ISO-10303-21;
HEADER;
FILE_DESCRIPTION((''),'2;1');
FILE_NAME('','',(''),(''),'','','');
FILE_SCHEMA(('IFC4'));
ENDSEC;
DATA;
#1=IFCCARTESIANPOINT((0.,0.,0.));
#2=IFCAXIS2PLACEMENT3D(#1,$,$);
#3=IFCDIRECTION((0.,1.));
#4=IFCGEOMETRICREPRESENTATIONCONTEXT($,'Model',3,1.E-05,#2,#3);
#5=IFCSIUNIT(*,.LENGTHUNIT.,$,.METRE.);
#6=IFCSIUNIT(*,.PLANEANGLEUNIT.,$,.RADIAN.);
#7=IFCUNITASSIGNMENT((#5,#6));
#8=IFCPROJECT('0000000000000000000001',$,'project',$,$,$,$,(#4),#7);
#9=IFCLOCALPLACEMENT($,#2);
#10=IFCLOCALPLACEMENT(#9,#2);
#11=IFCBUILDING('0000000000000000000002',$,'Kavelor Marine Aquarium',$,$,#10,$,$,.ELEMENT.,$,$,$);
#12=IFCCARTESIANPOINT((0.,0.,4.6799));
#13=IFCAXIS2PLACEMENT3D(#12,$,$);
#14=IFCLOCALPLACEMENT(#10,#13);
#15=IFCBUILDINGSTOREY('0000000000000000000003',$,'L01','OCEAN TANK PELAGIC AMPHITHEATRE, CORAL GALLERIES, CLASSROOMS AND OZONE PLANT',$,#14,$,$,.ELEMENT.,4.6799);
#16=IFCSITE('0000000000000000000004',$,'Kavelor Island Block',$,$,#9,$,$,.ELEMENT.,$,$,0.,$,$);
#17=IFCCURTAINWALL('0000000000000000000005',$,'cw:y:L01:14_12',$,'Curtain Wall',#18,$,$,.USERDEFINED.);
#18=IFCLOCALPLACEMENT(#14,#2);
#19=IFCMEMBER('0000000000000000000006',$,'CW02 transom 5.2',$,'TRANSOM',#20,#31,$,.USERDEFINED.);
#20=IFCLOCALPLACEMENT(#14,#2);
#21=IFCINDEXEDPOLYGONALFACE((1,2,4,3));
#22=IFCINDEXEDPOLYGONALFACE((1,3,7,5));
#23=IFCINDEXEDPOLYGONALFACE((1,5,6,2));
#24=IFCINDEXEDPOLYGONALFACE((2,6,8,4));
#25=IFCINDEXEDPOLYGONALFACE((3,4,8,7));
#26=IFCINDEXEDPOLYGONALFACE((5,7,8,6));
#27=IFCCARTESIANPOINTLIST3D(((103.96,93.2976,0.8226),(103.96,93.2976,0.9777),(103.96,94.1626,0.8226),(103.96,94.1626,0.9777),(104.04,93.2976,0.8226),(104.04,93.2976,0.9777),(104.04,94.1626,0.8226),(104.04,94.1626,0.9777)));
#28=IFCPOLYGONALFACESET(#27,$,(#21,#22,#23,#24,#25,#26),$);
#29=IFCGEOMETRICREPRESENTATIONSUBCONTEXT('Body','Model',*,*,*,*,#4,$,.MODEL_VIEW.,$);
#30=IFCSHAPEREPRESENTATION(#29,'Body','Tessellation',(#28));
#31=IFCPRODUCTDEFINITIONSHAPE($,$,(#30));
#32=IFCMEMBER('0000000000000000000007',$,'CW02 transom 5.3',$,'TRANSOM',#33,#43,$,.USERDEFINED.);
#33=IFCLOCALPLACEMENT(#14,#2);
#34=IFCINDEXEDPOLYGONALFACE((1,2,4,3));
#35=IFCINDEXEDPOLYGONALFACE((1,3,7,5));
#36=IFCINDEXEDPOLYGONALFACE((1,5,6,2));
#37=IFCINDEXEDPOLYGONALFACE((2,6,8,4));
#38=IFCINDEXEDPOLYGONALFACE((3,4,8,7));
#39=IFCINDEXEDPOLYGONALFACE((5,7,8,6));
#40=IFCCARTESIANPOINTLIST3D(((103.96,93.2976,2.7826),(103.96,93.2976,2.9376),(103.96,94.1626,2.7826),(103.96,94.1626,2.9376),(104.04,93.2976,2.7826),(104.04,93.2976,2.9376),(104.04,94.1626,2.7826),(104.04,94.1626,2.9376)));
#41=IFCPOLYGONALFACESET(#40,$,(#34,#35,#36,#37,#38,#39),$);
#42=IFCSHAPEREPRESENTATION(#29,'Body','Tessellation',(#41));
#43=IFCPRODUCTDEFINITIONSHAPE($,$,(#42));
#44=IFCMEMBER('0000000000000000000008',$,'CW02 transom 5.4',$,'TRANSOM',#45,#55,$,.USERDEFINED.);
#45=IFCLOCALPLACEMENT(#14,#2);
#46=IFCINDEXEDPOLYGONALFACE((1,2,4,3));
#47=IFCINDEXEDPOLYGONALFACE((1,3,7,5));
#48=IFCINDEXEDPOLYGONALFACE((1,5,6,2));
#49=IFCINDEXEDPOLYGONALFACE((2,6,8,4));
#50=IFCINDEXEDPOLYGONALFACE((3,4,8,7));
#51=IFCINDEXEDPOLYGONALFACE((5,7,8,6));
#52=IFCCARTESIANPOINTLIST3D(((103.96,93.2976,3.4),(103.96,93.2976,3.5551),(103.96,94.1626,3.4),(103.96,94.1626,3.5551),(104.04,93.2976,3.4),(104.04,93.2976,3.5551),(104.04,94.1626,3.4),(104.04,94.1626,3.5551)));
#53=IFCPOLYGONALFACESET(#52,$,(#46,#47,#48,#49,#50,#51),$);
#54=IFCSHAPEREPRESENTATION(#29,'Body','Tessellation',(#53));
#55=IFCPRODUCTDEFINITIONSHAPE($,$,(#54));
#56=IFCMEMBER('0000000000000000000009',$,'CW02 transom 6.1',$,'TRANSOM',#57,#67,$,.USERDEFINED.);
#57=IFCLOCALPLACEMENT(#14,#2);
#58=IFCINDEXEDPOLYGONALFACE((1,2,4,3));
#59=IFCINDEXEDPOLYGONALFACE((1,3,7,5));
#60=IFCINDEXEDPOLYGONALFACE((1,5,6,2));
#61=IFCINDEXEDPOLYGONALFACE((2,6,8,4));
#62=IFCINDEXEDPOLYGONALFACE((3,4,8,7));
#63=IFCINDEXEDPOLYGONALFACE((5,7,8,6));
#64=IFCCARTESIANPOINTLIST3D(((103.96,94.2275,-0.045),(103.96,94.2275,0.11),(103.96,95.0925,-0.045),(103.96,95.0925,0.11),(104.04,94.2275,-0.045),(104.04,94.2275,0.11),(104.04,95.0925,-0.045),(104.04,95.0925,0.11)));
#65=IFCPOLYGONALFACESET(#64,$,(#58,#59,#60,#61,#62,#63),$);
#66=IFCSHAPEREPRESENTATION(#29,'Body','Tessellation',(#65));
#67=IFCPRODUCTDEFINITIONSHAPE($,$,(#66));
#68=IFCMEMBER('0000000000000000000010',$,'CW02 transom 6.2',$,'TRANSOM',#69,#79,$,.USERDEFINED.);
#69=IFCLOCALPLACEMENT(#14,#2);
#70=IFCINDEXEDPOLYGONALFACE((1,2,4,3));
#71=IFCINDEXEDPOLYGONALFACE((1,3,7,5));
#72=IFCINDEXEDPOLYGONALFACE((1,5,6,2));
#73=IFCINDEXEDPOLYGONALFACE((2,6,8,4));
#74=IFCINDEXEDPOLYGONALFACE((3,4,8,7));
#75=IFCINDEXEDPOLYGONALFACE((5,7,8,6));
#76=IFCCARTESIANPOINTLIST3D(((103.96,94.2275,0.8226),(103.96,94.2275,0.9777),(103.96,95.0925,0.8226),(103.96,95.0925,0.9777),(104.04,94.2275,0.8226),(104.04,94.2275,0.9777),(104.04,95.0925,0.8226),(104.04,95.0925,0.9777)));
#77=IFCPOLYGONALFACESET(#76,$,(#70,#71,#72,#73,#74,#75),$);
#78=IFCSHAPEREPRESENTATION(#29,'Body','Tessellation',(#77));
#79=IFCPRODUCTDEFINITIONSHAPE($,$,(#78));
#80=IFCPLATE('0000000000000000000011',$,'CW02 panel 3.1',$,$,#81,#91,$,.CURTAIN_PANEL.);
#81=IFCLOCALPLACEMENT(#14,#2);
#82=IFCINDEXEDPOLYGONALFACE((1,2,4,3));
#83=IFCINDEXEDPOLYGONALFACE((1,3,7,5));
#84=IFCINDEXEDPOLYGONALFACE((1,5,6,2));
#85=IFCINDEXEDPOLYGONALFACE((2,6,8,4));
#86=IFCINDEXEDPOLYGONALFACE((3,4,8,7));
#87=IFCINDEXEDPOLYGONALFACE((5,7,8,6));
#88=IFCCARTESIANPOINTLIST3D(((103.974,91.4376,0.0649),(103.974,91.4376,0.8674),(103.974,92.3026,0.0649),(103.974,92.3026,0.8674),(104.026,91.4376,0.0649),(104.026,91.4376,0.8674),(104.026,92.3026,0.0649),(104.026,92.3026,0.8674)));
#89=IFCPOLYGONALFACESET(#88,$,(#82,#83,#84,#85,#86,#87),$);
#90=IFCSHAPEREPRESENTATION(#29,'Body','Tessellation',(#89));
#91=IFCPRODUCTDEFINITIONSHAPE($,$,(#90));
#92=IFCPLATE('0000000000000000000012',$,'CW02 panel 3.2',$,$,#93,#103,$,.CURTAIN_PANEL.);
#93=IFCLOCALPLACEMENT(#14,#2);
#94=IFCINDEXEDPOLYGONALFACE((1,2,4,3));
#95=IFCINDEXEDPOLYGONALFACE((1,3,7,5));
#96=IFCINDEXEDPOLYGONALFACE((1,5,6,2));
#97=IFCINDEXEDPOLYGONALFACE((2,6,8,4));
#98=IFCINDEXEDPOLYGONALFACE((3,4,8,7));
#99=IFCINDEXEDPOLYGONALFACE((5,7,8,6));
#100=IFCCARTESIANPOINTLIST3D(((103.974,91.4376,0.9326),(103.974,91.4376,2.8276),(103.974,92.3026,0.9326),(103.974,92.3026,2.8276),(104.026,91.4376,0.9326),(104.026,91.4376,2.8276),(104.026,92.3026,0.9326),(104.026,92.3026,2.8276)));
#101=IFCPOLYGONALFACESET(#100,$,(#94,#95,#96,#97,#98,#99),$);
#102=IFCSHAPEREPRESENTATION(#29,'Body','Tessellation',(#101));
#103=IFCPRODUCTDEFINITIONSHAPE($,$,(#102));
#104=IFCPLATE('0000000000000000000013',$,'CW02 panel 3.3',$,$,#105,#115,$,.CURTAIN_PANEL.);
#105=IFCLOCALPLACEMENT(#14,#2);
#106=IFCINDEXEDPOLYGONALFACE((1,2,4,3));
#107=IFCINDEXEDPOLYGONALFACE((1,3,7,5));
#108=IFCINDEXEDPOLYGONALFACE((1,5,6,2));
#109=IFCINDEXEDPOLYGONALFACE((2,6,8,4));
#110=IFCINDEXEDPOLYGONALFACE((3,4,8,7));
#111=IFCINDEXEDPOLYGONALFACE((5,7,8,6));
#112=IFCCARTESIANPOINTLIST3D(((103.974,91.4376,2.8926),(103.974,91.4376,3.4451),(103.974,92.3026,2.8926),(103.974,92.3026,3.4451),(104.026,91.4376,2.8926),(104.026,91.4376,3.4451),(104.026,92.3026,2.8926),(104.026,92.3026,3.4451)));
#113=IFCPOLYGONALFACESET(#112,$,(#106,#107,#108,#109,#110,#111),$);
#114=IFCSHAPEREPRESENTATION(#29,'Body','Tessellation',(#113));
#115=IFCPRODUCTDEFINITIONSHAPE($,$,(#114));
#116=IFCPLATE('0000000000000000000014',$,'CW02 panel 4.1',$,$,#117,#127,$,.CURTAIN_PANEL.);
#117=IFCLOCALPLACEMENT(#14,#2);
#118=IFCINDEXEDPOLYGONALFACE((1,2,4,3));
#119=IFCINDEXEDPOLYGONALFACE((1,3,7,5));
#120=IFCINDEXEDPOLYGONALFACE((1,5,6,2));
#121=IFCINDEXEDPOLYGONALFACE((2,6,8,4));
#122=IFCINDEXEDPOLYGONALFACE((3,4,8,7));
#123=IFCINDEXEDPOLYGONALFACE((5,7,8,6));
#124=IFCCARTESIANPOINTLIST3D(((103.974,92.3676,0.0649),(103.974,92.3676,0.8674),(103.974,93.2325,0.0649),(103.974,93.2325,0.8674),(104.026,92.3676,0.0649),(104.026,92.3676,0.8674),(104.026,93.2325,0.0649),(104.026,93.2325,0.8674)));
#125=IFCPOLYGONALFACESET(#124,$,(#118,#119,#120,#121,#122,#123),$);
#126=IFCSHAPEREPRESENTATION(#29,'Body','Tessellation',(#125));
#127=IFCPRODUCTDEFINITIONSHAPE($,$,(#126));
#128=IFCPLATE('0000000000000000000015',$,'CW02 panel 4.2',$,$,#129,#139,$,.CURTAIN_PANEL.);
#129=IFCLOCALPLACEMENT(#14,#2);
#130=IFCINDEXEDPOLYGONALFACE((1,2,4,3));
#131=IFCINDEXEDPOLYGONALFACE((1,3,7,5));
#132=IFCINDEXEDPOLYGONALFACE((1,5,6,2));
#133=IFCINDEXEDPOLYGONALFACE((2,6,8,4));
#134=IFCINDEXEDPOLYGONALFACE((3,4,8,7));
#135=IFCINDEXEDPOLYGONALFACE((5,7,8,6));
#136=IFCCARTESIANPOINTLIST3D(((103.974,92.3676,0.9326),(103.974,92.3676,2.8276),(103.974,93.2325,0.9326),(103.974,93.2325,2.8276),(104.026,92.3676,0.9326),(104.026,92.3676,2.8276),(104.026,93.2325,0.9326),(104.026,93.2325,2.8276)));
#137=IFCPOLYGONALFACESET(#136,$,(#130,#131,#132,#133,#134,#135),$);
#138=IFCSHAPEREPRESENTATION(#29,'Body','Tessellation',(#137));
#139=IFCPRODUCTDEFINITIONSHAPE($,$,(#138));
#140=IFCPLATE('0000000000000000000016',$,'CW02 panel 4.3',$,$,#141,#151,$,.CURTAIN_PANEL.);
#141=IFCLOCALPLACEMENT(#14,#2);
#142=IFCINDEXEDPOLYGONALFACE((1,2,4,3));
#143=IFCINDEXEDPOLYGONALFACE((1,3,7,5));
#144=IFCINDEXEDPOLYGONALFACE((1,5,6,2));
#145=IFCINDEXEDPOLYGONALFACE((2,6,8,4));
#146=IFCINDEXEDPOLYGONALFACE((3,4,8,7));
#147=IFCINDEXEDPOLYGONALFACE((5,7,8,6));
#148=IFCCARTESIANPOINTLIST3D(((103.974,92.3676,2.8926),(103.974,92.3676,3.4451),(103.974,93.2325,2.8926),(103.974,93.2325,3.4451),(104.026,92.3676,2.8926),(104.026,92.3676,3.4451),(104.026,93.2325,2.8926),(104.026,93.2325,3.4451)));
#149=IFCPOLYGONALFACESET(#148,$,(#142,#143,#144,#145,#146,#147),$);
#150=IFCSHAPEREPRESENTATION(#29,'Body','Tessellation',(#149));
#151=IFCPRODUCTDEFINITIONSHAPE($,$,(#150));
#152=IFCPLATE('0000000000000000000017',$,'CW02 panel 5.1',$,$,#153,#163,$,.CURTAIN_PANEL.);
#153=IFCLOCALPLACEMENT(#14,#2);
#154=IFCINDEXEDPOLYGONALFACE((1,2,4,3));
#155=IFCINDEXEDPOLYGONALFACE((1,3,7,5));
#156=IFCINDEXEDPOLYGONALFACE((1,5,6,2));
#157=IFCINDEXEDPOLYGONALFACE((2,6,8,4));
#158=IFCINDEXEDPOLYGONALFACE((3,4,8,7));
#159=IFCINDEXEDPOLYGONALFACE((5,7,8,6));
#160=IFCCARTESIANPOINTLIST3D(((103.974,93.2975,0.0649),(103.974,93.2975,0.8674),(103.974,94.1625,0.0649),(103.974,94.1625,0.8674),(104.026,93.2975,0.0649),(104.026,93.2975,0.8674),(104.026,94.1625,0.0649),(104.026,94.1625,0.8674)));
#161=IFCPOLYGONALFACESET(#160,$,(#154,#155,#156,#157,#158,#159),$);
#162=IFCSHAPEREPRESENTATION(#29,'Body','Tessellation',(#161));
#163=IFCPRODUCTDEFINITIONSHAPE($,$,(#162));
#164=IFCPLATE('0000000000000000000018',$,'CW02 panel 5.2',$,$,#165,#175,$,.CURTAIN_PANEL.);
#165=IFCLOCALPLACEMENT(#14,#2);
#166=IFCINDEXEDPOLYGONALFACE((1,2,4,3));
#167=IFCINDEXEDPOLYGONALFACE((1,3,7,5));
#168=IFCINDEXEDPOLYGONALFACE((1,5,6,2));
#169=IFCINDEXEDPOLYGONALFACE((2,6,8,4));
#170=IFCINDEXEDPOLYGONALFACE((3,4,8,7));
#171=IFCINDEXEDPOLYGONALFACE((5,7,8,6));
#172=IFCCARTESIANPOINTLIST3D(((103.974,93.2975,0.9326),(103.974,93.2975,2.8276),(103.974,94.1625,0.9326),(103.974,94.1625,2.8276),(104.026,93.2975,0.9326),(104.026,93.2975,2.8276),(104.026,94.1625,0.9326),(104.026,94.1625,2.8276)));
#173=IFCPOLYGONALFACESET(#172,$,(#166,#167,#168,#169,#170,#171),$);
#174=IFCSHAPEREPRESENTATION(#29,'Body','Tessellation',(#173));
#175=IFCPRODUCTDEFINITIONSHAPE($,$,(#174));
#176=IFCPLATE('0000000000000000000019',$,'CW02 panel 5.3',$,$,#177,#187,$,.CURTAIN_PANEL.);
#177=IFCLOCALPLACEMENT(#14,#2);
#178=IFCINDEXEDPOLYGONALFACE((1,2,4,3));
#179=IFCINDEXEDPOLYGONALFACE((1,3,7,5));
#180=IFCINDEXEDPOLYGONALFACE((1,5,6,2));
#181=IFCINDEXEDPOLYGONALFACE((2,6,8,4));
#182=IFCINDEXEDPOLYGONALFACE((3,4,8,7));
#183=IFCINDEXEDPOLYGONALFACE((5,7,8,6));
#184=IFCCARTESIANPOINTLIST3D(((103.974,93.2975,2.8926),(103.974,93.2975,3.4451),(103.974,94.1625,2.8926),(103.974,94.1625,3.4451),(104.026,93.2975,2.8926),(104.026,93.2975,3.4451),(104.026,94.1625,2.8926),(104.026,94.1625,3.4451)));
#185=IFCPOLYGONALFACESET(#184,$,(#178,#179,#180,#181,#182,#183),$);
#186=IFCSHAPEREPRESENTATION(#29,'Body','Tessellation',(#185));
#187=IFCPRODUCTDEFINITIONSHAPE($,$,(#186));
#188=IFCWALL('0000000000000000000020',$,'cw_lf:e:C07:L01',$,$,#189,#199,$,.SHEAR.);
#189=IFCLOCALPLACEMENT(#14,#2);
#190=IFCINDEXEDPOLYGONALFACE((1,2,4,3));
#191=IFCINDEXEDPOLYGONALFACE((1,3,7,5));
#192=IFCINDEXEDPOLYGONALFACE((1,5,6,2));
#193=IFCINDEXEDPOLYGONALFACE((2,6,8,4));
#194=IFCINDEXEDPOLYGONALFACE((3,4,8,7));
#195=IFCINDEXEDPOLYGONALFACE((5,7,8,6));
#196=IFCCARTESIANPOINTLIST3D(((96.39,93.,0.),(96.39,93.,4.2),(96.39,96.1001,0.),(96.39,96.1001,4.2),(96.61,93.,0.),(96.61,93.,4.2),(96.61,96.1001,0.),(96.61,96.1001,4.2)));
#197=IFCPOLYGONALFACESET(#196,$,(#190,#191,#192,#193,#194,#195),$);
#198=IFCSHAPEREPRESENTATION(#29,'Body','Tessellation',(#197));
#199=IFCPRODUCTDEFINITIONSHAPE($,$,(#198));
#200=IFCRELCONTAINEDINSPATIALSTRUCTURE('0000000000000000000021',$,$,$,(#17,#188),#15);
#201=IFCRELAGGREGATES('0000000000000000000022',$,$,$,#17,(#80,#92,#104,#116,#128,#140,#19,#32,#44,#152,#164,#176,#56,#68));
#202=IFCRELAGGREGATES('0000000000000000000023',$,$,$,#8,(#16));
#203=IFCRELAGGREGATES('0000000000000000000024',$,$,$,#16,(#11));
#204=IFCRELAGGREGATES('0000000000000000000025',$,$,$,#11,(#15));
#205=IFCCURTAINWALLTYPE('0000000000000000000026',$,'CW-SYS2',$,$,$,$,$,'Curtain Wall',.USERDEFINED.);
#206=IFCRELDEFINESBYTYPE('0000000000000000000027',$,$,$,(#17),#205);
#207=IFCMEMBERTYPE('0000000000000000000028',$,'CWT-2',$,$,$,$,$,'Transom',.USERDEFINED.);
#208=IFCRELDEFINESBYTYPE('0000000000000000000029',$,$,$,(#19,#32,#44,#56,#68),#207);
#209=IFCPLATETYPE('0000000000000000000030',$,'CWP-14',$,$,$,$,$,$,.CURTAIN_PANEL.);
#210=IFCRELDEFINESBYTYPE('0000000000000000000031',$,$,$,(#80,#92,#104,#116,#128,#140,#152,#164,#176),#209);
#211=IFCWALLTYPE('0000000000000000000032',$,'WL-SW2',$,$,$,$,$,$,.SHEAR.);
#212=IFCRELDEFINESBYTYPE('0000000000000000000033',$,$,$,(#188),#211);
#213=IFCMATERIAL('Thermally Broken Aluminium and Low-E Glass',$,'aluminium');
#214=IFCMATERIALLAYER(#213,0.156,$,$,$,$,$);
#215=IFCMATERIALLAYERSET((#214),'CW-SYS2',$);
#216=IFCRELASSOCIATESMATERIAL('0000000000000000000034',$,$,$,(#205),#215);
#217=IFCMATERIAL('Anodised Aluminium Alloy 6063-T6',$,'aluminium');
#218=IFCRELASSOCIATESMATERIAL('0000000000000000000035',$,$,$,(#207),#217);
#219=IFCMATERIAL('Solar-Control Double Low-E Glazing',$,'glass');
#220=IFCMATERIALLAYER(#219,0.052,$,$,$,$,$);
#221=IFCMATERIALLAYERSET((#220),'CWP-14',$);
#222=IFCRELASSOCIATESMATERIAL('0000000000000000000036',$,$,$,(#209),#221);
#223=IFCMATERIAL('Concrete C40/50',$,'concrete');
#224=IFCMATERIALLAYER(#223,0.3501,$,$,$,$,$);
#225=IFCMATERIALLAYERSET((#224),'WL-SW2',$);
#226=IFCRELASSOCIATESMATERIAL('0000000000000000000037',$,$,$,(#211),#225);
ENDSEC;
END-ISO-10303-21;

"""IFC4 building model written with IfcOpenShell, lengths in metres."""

from ifc_helpers import new_model, si_unit, direction, frame, frame_2d, origin, origin_2d, place, context, subcontext, project, spatial, rectangle, extrude, material, layer, layer_set, material_profile, profile_set, type_object, element, aggregate, save


model = new_model("IFC4")

# Units and contexts
model_context = context("Model", 3, precision=1e-05, world=origin(), true_north=direction((0.0, 1.0)))
body_context = subcontext(model_context, "Body", "Model", "MODEL_VIEW")
ifc_project = project(units=[si_unit("LENGTHUNIT", "METRE"), si_unit("PLANEANGLEUNIT", "RADIAN")], contexts=[model_context])

# Site, building, storey
site_placement = place(None, origin())
site = spatial("IfcSite", under=ifc_project, at=site_placement, Name="Kavelor Island Block", CompositionType="ELEMENT", RefElevation=0.0)
building_placement = place(site_placement, origin())
building = spatial("IfcBuilding", under=site, at=building_placement, Name="Kavelor Marine Aquarium", CompositionType="ELEMENT")
storey_placement = place(building_placement, frame((0.0, 0.0, 4.6799)))
storey = spatial("IfcBuildingStorey", under=building, at=storey_placement, Name="L01", Description="OCEAN TANK PELAGIC AMPHITHEATRE, CORAL GALLERIES, CLASSROOMS AND OZONE PLANT", CompositionType="ELEMENT", Elevation=4.6799)

# Curtain wall, members, plates
ifc_material_1 = material(Name="Thermally Broken Aluminium and Low-E Glass", Category="aluminium")
ifc_layer_1 = layer(ifc_material_1, 0.156)
ifc_layer_set_1 = layer_set([ifc_layer_1], Name="CW-SYS2")
curtain_wall_type = type_object("IfcCurtainWallType", Name="CW-SYS2", ElementType="Curtain Wall", PredefinedType="USERDEFINED", material=ifc_layer_set_1)
curtain_wall_placement = place(storey_placement, origin())
curtain_wall = element("IfcCurtainWall", 1, at=curtain_wall_placement, inside=storey, type_object=curtain_wall_type, Name="cw:y:L01:14_12", ObjectType="Curtain Wall", PredefinedType="USERDEFINED")
ifc_material_2 = material(Name="Anodised Aluminium Alloy 6063-T6", Category="aluminium")
ifc_material_profile_1 = material_profile(ifc_material_2, rectangle(XDim=0.0801, YDim=0.155, at=origin_2d()), Name="CW-TRN 80x155")
ifc_profile_set_1 = profile_set([ifc_material_profile_1], Name="Anodised Aluminium Alloy 6063-T6")
member_type_1 = type_object("IfcMemberType", Name="CWT-2", ElementType="Transom", PredefinedType="USERDEFINED", material=ifc_profile_set_1)
member_1_placement = place(storey_placement, frame((104.0, 93.2976, 0.9001), z_axis=(0.0, 1.0, 0.0), x_axis=(-1.0, 0.0, 0.0)))
member_1 = element("IfcMember", 2, at=member_1_placement, type_object=member_type_1, Name="CW02 transom 5.2", ObjectType="TRANSOM", PredefinedType="USERDEFINED", context=body_context, shape_type="SweptSolid", body=[
    extrude(rectangle(XDim=0.0801, YDim=0.155, at=origin_2d()), origin(), (0.0, 0.0, 1.0), 0.865),
])
member_2_placement = place(storey_placement, frame((104.0, 93.2976, 2.8601), z_axis=(0.0, 1.0, 0.0), x_axis=(-1.0, 0.0, 0.0)))
member_2 = element("IfcMember", 3, at=member_2_placement, type_object=member_type_1, Name="CW02 transom 5.3", ObjectType="TRANSOM", PredefinedType="USERDEFINED", context=body_context, shape_type="SweptSolid", body=[
    extrude(rectangle(XDim=0.0801, YDim=0.155, at=origin_2d()), origin(), (0.0, 0.0, 1.0), 0.865),
])
member_3_placement = place(storey_placement, frame((104.0, 93.2976, 3.4775), z_axis=(0.0, 1.0, 0.0), x_axis=(-1.0, 0.0, 0.0)))
member_3 = element("IfcMember", 4, at=member_3_placement, type_object=member_type_1, Name="CW02 transom 5.4", ObjectType="TRANSOM", PredefinedType="USERDEFINED", context=body_context, shape_type="SweptSolid", body=[
    extrude(rectangle(XDim=0.0801, YDim=0.155, at=origin_2d()), origin(), (0.0, 0.0, 1.0), 0.865),
])
member_4_placement = place(storey_placement, frame((104.0, 94.2275, 0.0325), z_axis=(0.0, 1.0, 0.0), x_axis=(-1.0, 0.0, 0.0)))
member_4 = element("IfcMember", 5, at=member_4_placement, type_object=member_type_1, Name="CW02 transom 6.1", ObjectType="TRANSOM", PredefinedType="USERDEFINED", context=body_context, shape_type="SweptSolid", body=[
    extrude(rectangle(XDim=0.0801, YDim=0.155, at=origin_2d()), origin(), (0.0, 0.0, 1.0), 0.865),
])
member_5_placement = place(storey_placement, frame((104.0, 94.2275, 0.9001), z_axis=(0.0, 1.0, 0.0), x_axis=(-1.0, 0.0, 0.0)))
member_5 = element("IfcMember", 6, at=member_5_placement, type_object=member_type_1, Name="CW02 transom 6.2", ObjectType="TRANSOM", PredefinedType="USERDEFINED", context=body_context, shape_type="SweptSolid", body=[
    extrude(rectangle(XDim=0.0801, YDim=0.155, at=origin_2d()), origin(), (0.0, 0.0, 1.0), 0.865),
])
ifc_material_3 = material(Name="Solar-Control Double Low-E Glazing", Category="glass")
ifc_layer_2 = layer(ifc_material_3, 0.052)
ifc_layer_set_2 = layer_set([ifc_layer_2], Name="CWP-14")
plate_type = type_object("IfcPlateType", Name="CWP-14", PredefinedType="CURTAIN_PANEL", material=ifc_layer_set_2)
plate_1_placement = place(storey_placement, frame((104.0, 91.8701, 0.0649), z_axis=(0.0, 0.0, 1.0), x_axis=(0.0, 1.0, 0.0)))
plate_1 = element("IfcPlate", 7, at=plate_1_placement, type_object=plate_type, Name="CW02 panel 3.1", PredefinedType="CURTAIN_PANEL", context=body_context, shape_type="SweptSolid", body=[
    extrude(rectangle(XDim=0.865, YDim=0.052, at=origin_2d()), origin(), (0.0, 0.0, 1.0), 0.8025),
])
plate_2_placement = place(storey_placement, frame((104.0, 91.8701, 0.9326), z_axis=(0.0, 0.0, 1.0), x_axis=(0.0, 1.0, 0.0)))
plate_2 = element("IfcPlate", 8, at=plate_2_placement, type_object=plate_type, Name="CW02 panel 3.2", PredefinedType="CURTAIN_PANEL", context=body_context, shape_type="SweptSolid", body=[
    extrude(rectangle(XDim=0.865, YDim=0.052, at=origin_2d()), origin(), (0.0, 0.0, 1.0), 1.895),
])
plate_3_placement = place(storey_placement, frame((104.0, 91.8701, 2.8926), z_axis=(0.0, 0.0, 1.0), x_axis=(0.0, 1.0, 0.0)))
plate_3 = element("IfcPlate", 9, at=plate_3_placement, type_object=plate_type, Name="CW02 panel 3.3", PredefinedType="CURTAIN_PANEL", context=body_context, shape_type="SweptSolid", body=[
    extrude(rectangle(XDim=0.865, YDim=0.052, at=origin_2d()), origin(), (0.0, 0.0, 1.0), 0.5525),
])
plate_4_placement = place(storey_placement, frame((104.0, 92.8, 0.0649), z_axis=(0.0, 0.0, 1.0), x_axis=(0.0, 1.0, 0.0)))
plate_4 = element("IfcPlate", 10, at=plate_4_placement, type_object=plate_type, Name="CW02 panel 4.1", PredefinedType="CURTAIN_PANEL", context=body_context, shape_type="SweptSolid", body=[
    extrude(rectangle(XDim=0.865, YDim=0.052, at=origin_2d()), origin(), (0.0, 0.0, 1.0), 0.8025),
])
plate_5_placement = place(storey_placement, frame((104.0, 92.8, 0.9326), z_axis=(0.0, 0.0, 1.0), x_axis=(0.0, 1.0, 0.0)))
plate_5 = element("IfcPlate", 11, at=plate_5_placement, type_object=plate_type, Name="CW02 panel 4.2", PredefinedType="CURTAIN_PANEL", context=body_context, shape_type="SweptSolid", body=[
    extrude(rectangle(XDim=0.865, YDim=0.052, at=origin_2d()), origin(), (0.0, 0.0, 1.0), 1.895),
])
plate_6_placement = place(storey_placement, frame((104.0, 92.8, 2.8926), z_axis=(0.0, 0.0, 1.0), x_axis=(0.0, 1.0, 0.0)))
plate_6 = element("IfcPlate", 12, at=plate_6_placement, type_object=plate_type, Name="CW02 panel 4.3", PredefinedType="CURTAIN_PANEL", context=body_context, shape_type="SweptSolid", body=[
    extrude(rectangle(XDim=0.865, YDim=0.052, at=origin_2d()), origin(), (0.0, 0.0, 1.0), 0.5525),
])
plate_7_placement = place(storey_placement, frame((104.0, 93.73, 0.0649), z_axis=(0.0, 0.0, 1.0), x_axis=(0.0, 1.0, 0.0)))
plate_7 = element("IfcPlate", 13, at=plate_7_placement, type_object=plate_type, Name="CW02 panel 5.1", PredefinedType="CURTAIN_PANEL", context=body_context, shape_type="SweptSolid", body=[
    extrude(rectangle(XDim=0.865, YDim=0.052, at=origin_2d()), origin(), (0.0, 0.0, 1.0), 0.8025),
])
plate_8_placement = place(storey_placement, frame((104.0, 93.73, 0.9326), z_axis=(0.0, 0.0, 1.0), x_axis=(0.0, 1.0, 0.0)))
plate_8 = element("IfcPlate", 14, at=plate_8_placement, type_object=plate_type, Name="CW02 panel 5.2", PredefinedType="CURTAIN_PANEL", context=body_context, shape_type="SweptSolid", body=[
    extrude(rectangle(XDim=0.865, YDim=0.052, at=origin_2d()), origin(), (0.0, 0.0, 1.0), 1.895),
])
plate_9_placement = place(storey_placement, frame((104.0, 93.73, 2.8926), z_axis=(0.0, 0.0, 1.0), x_axis=(0.0, 1.0, 0.0)))
plate_9 = element("IfcPlate", 15, at=plate_9_placement, type_object=plate_type, Name="CW02 panel 5.3", PredefinedType="CURTAIN_PANEL", context=body_context, shape_type="SweptSolid", body=[
    extrude(rectangle(XDim=0.865, YDim=0.052, at=origin_2d()), origin(), (0.0, 0.0, 1.0), 0.5525),
])
aggregate(curtain_wall, [plate_1, plate_2, plate_3, plate_4, plate_5, plate_6, member_1, member_2, member_3, plate_7, plate_8, plate_9, member_4, member_5])

# Wall
ifc_material_4 = material(Name="Concrete C40/50", Category="concrete")
ifc_layer_3 = layer(ifc_material_4, 0.3501)
ifc_layer_set_3 = layer_set([ifc_layer_3], Name="WL-SW2")
wall_type = type_object("IfcWallType", Name="WL-SW2", PredefinedType="SHEAR", material=ifc_layer_set_3)
wall_placement = place(storey_placement, frame((96.5, 93.0, 0.0), z_axis=(0.0, 0.0, 1.0), x_axis=(0.0, 1.0, 0.0)))
element("IfcWall", 16, at=wall_placement, inside=storey, type_object=wall_type, Name="cw_lf:e:C07:L01", PredefinedType="SHEAR", context=body_context, shape_type="SweptSolid", body=[
    extrude(rectangle(XDim=3.1001, YDim=0.22, at=frame_2d((1.55, 0.0))), origin(), (0.0, 0.0, 1.0), 4.2),
])

save(model, "model.ifc")
